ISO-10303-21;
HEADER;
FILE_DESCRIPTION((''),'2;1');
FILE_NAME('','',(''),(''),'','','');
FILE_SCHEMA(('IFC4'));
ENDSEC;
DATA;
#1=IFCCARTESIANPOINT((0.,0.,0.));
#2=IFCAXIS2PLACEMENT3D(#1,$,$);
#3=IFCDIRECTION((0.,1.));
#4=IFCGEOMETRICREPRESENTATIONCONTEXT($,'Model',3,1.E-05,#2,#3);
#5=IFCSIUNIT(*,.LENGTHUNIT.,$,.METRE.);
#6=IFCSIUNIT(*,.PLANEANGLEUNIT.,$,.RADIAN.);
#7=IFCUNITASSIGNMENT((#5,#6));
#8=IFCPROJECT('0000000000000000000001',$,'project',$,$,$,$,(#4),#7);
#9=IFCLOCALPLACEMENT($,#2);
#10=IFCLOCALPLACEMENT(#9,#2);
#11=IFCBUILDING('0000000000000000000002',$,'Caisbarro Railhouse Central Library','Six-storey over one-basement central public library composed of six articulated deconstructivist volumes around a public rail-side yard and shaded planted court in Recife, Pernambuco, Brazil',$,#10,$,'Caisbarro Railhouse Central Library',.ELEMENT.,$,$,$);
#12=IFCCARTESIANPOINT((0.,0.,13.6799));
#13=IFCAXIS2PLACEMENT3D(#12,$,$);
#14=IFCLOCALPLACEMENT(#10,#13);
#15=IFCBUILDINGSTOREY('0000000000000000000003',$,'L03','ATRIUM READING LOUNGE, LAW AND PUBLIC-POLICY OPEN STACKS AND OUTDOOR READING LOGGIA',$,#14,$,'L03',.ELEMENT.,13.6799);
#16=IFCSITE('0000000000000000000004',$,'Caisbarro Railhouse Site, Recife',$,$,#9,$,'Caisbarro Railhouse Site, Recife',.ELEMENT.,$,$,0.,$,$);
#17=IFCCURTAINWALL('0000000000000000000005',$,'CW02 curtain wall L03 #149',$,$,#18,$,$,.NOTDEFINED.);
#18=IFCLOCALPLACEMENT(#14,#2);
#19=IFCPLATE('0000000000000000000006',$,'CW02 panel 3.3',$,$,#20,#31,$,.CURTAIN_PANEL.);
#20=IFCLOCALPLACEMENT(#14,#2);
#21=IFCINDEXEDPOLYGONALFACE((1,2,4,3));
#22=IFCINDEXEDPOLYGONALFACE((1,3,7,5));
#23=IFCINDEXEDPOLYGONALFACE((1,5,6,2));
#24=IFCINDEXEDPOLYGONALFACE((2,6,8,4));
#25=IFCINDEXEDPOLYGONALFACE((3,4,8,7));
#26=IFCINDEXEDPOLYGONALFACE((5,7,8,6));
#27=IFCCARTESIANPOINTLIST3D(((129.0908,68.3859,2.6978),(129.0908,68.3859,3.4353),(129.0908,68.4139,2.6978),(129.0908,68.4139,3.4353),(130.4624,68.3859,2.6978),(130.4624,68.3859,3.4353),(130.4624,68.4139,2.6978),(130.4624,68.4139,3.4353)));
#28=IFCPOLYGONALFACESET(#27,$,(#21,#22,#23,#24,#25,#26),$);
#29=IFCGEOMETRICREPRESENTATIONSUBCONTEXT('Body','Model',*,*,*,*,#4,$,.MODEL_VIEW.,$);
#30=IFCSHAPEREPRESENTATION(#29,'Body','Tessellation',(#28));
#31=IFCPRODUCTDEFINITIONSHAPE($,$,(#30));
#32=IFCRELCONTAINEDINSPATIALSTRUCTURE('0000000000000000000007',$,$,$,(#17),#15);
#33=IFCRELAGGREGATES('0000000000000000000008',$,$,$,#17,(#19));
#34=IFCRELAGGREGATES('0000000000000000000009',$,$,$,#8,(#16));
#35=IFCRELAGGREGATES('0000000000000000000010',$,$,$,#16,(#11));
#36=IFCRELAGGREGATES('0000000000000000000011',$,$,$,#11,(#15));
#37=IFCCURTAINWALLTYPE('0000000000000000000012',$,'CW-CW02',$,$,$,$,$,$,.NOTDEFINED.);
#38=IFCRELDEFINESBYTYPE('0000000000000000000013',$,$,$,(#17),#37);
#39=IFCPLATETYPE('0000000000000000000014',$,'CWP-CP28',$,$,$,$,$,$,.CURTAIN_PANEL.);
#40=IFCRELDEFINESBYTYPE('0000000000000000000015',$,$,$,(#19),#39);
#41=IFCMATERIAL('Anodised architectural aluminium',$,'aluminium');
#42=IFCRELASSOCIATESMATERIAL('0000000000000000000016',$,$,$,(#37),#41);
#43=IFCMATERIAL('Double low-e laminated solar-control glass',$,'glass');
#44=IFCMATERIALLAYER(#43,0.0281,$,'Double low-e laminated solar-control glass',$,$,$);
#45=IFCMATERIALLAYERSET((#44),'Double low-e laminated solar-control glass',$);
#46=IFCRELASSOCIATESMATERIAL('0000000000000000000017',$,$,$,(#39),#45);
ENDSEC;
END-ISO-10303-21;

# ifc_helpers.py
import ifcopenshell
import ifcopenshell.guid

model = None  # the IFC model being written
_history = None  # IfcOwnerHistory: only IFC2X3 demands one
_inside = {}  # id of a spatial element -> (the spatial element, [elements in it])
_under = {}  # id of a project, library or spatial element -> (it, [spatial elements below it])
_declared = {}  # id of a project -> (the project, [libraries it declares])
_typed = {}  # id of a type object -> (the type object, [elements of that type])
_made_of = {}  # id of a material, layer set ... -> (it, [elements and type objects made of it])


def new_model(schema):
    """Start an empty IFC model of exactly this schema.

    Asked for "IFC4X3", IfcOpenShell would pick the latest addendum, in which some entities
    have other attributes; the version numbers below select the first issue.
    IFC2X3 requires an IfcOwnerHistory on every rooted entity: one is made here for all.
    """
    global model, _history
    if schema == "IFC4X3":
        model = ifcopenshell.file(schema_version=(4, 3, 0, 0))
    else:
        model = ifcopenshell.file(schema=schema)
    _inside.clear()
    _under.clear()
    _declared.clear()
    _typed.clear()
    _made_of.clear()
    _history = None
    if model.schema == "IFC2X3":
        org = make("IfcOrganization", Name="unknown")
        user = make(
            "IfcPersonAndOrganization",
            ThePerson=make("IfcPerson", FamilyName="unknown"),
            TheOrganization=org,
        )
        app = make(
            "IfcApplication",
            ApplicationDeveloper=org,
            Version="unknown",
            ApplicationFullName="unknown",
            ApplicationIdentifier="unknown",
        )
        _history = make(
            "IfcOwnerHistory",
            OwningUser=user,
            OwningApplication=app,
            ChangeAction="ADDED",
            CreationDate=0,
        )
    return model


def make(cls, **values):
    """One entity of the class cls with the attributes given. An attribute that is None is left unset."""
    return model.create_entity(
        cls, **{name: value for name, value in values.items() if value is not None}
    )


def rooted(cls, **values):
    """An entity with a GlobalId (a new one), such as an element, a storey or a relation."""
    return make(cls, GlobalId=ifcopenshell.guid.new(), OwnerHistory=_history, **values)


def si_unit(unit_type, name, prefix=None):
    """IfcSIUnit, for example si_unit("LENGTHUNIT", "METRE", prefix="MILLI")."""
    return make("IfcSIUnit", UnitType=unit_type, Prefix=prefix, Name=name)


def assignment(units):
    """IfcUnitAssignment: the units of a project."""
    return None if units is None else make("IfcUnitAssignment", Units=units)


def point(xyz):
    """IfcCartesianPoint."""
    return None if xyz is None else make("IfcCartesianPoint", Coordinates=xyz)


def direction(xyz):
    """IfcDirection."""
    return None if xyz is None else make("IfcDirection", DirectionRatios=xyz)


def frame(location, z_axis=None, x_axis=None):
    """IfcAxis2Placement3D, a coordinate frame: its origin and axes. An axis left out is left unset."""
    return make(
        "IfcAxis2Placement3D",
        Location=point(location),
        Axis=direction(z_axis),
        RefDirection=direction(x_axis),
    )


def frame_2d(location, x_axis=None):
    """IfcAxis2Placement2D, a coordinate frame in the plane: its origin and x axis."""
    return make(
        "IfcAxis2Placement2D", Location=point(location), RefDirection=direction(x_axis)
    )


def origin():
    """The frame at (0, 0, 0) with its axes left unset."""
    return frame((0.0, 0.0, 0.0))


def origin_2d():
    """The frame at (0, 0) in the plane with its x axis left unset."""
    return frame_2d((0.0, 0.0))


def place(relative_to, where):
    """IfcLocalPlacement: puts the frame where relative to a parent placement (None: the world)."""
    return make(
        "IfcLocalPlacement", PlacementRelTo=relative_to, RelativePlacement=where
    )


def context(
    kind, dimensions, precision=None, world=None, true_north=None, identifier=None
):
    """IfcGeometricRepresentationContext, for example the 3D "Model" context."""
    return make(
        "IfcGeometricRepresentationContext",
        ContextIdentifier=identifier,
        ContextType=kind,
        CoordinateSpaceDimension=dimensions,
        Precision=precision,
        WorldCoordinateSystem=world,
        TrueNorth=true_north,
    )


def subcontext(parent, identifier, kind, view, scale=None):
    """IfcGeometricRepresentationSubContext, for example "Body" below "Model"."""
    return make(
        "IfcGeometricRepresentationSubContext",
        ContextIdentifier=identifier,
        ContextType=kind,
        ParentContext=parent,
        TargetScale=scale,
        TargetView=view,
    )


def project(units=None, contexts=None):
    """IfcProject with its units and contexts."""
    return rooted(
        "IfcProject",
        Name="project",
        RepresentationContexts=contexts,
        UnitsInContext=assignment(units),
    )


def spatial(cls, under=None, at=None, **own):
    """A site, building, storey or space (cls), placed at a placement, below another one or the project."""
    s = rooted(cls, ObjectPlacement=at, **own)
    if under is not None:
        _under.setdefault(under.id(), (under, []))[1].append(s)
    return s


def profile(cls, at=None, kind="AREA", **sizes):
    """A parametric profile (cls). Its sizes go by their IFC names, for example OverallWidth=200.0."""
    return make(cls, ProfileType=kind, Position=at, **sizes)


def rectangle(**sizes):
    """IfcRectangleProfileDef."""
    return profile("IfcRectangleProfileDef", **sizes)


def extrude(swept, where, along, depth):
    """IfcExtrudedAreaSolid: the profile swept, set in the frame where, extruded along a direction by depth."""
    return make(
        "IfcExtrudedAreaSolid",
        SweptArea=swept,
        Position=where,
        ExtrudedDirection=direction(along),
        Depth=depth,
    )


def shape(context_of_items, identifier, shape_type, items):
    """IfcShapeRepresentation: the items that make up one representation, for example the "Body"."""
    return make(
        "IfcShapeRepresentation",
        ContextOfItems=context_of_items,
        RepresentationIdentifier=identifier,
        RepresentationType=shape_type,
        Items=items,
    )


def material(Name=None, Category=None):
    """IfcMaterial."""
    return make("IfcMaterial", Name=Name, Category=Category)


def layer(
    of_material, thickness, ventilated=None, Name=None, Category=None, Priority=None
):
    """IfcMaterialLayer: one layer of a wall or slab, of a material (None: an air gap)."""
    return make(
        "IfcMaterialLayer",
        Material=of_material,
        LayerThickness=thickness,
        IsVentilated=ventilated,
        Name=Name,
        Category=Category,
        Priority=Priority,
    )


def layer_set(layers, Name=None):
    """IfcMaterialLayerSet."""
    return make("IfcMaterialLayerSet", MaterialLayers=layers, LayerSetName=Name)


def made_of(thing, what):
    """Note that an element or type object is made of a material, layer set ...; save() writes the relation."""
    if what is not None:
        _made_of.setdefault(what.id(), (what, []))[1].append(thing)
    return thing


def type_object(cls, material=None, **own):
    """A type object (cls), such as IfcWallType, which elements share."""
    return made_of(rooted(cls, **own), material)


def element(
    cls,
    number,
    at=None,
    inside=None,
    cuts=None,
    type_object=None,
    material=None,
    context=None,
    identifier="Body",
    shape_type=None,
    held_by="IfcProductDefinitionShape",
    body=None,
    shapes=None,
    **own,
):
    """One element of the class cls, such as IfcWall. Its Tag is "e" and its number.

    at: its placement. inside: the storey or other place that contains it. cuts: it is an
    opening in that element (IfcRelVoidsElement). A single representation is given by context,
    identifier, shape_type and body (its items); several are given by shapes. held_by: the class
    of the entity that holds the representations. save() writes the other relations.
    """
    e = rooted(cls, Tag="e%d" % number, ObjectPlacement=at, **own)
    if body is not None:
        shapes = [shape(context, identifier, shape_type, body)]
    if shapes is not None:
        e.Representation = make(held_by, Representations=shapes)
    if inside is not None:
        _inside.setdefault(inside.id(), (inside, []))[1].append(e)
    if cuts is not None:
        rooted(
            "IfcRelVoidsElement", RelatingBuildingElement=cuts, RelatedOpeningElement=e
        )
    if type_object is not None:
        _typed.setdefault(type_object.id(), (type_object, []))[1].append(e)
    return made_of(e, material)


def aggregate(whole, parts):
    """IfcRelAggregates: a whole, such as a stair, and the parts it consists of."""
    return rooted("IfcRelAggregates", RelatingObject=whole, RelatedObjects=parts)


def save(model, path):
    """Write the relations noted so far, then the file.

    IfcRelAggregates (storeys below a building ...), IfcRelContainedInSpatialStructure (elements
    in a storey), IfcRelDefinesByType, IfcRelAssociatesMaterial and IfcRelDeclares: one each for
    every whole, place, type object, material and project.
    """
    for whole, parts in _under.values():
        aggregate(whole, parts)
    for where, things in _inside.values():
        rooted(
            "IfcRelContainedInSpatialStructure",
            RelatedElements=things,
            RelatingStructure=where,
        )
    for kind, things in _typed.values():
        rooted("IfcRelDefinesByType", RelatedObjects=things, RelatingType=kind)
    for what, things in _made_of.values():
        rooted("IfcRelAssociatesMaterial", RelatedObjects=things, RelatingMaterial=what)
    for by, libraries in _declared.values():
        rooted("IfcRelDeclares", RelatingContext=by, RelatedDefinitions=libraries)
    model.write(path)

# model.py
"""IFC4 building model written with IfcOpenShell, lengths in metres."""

from ifc_helpers import new_model, si_unit, direction, frame, origin, origin_2d, place, context, subcontext, project, spatial, rectangle, extrude, material, layer, layer_set, type_object, element, aggregate, save


model = new_model("IFC4")

# Units and contexts
model_context = context("Model", 3, precision=1e-05, world=origin(), true_north=direction((0.0, 1.0)))
body_context = subcontext(model_context, "Body", "Model", "MODEL_VIEW")
ifc_project = project(units=[si_unit("LENGTHUNIT", "METRE"), si_unit("PLANEANGLEUNIT", "RADIAN")], contexts=[model_context])

# Site, building, storey
site_placement = place(None, origin())
site = spatial("IfcSite", under=ifc_project, at=site_placement, Name="Caisbarro Railhouse Site, Recife", LongName="Caisbarro Railhouse Site, Recife", CompositionType="ELEMENT", RefElevation=0.0)
building_placement = place(site_placement, origin())
building = spatial("IfcBuilding", under=site, at=building_placement, Name="Caisbarro Railhouse Central Library", Description="Six-storey over one-basement central public library composed of six articulated deconstructivist volumes around a public rail-side yard and shaded planted court in Recife, Pernambuco, Brazil", LongName="Caisbarro Railhouse Central Library", CompositionType="ELEMENT")
storey_placement = place(building_placement, frame((0.0, 0.0, 13.6799)))
storey = spatial("IfcBuildingStorey", under=building, at=storey_placement, Name="L03", Description="ATRIUM READING LOUNGE, LAW AND PUBLIC-POLICY OPEN STACKS AND OUTDOOR READING LOGGIA", LongName="L03", CompositionType="ELEMENT", Elevation=13.6799)

# Curtain wall, plate
ifc_material_1 = material(Name="Anodised architectural aluminium", Category="aluminium")
curtain_wall_type = type_object("IfcCurtainWallType", Name="CW-CW02", PredefinedType="NOTDEFINED", material=ifc_material_1)
curtain_wall_placement = place(storey_placement, origin())
curtain_wall = element("IfcCurtainWall", 1, at=curtain_wall_placement, inside=storey, type_object=curtain_wall_type, Name="CW02 curtain wall L03 #149", PredefinedType="NOTDEFINED")
ifc_material_2 = material(Name="Double low-e laminated solar-control glass", Category="glass")
ifc_layer = layer(ifc_material_2, 0.0281, Name="Double low-e laminated solar-control glass")
ifc_layer_set = layer_set([ifc_layer], Name="Double low-e laminated solar-control glass")
plate_type = type_object("IfcPlateType", Name="CWP-CP28", PredefinedType="CURTAIN_PANEL", material=ifc_layer_set)
plate_1_placement = place(storey_placement, frame((129.7766, 68.3999, 2.6978), z_axis=(0.0, 0.0, 1.0), x_axis=(1.0, 0.0, 0.0)))
plate_1 = element("IfcPlate", 2, at=plate_1_placement, type_object=plate_type, Name="CW02 panel 3.3", PredefinedType="CURTAIN_PANEL", context=body_context, shape_type="SweptSolid", body=[
    extrude(rectangle(XDim=1.3716, YDim=0.0281, at=origin_2d()), origin(), (0.0, 0.0, 1.0), 0.7375),
])
aggregate(curtain_wall, [plate_1])

save(model, "model.ifc")
